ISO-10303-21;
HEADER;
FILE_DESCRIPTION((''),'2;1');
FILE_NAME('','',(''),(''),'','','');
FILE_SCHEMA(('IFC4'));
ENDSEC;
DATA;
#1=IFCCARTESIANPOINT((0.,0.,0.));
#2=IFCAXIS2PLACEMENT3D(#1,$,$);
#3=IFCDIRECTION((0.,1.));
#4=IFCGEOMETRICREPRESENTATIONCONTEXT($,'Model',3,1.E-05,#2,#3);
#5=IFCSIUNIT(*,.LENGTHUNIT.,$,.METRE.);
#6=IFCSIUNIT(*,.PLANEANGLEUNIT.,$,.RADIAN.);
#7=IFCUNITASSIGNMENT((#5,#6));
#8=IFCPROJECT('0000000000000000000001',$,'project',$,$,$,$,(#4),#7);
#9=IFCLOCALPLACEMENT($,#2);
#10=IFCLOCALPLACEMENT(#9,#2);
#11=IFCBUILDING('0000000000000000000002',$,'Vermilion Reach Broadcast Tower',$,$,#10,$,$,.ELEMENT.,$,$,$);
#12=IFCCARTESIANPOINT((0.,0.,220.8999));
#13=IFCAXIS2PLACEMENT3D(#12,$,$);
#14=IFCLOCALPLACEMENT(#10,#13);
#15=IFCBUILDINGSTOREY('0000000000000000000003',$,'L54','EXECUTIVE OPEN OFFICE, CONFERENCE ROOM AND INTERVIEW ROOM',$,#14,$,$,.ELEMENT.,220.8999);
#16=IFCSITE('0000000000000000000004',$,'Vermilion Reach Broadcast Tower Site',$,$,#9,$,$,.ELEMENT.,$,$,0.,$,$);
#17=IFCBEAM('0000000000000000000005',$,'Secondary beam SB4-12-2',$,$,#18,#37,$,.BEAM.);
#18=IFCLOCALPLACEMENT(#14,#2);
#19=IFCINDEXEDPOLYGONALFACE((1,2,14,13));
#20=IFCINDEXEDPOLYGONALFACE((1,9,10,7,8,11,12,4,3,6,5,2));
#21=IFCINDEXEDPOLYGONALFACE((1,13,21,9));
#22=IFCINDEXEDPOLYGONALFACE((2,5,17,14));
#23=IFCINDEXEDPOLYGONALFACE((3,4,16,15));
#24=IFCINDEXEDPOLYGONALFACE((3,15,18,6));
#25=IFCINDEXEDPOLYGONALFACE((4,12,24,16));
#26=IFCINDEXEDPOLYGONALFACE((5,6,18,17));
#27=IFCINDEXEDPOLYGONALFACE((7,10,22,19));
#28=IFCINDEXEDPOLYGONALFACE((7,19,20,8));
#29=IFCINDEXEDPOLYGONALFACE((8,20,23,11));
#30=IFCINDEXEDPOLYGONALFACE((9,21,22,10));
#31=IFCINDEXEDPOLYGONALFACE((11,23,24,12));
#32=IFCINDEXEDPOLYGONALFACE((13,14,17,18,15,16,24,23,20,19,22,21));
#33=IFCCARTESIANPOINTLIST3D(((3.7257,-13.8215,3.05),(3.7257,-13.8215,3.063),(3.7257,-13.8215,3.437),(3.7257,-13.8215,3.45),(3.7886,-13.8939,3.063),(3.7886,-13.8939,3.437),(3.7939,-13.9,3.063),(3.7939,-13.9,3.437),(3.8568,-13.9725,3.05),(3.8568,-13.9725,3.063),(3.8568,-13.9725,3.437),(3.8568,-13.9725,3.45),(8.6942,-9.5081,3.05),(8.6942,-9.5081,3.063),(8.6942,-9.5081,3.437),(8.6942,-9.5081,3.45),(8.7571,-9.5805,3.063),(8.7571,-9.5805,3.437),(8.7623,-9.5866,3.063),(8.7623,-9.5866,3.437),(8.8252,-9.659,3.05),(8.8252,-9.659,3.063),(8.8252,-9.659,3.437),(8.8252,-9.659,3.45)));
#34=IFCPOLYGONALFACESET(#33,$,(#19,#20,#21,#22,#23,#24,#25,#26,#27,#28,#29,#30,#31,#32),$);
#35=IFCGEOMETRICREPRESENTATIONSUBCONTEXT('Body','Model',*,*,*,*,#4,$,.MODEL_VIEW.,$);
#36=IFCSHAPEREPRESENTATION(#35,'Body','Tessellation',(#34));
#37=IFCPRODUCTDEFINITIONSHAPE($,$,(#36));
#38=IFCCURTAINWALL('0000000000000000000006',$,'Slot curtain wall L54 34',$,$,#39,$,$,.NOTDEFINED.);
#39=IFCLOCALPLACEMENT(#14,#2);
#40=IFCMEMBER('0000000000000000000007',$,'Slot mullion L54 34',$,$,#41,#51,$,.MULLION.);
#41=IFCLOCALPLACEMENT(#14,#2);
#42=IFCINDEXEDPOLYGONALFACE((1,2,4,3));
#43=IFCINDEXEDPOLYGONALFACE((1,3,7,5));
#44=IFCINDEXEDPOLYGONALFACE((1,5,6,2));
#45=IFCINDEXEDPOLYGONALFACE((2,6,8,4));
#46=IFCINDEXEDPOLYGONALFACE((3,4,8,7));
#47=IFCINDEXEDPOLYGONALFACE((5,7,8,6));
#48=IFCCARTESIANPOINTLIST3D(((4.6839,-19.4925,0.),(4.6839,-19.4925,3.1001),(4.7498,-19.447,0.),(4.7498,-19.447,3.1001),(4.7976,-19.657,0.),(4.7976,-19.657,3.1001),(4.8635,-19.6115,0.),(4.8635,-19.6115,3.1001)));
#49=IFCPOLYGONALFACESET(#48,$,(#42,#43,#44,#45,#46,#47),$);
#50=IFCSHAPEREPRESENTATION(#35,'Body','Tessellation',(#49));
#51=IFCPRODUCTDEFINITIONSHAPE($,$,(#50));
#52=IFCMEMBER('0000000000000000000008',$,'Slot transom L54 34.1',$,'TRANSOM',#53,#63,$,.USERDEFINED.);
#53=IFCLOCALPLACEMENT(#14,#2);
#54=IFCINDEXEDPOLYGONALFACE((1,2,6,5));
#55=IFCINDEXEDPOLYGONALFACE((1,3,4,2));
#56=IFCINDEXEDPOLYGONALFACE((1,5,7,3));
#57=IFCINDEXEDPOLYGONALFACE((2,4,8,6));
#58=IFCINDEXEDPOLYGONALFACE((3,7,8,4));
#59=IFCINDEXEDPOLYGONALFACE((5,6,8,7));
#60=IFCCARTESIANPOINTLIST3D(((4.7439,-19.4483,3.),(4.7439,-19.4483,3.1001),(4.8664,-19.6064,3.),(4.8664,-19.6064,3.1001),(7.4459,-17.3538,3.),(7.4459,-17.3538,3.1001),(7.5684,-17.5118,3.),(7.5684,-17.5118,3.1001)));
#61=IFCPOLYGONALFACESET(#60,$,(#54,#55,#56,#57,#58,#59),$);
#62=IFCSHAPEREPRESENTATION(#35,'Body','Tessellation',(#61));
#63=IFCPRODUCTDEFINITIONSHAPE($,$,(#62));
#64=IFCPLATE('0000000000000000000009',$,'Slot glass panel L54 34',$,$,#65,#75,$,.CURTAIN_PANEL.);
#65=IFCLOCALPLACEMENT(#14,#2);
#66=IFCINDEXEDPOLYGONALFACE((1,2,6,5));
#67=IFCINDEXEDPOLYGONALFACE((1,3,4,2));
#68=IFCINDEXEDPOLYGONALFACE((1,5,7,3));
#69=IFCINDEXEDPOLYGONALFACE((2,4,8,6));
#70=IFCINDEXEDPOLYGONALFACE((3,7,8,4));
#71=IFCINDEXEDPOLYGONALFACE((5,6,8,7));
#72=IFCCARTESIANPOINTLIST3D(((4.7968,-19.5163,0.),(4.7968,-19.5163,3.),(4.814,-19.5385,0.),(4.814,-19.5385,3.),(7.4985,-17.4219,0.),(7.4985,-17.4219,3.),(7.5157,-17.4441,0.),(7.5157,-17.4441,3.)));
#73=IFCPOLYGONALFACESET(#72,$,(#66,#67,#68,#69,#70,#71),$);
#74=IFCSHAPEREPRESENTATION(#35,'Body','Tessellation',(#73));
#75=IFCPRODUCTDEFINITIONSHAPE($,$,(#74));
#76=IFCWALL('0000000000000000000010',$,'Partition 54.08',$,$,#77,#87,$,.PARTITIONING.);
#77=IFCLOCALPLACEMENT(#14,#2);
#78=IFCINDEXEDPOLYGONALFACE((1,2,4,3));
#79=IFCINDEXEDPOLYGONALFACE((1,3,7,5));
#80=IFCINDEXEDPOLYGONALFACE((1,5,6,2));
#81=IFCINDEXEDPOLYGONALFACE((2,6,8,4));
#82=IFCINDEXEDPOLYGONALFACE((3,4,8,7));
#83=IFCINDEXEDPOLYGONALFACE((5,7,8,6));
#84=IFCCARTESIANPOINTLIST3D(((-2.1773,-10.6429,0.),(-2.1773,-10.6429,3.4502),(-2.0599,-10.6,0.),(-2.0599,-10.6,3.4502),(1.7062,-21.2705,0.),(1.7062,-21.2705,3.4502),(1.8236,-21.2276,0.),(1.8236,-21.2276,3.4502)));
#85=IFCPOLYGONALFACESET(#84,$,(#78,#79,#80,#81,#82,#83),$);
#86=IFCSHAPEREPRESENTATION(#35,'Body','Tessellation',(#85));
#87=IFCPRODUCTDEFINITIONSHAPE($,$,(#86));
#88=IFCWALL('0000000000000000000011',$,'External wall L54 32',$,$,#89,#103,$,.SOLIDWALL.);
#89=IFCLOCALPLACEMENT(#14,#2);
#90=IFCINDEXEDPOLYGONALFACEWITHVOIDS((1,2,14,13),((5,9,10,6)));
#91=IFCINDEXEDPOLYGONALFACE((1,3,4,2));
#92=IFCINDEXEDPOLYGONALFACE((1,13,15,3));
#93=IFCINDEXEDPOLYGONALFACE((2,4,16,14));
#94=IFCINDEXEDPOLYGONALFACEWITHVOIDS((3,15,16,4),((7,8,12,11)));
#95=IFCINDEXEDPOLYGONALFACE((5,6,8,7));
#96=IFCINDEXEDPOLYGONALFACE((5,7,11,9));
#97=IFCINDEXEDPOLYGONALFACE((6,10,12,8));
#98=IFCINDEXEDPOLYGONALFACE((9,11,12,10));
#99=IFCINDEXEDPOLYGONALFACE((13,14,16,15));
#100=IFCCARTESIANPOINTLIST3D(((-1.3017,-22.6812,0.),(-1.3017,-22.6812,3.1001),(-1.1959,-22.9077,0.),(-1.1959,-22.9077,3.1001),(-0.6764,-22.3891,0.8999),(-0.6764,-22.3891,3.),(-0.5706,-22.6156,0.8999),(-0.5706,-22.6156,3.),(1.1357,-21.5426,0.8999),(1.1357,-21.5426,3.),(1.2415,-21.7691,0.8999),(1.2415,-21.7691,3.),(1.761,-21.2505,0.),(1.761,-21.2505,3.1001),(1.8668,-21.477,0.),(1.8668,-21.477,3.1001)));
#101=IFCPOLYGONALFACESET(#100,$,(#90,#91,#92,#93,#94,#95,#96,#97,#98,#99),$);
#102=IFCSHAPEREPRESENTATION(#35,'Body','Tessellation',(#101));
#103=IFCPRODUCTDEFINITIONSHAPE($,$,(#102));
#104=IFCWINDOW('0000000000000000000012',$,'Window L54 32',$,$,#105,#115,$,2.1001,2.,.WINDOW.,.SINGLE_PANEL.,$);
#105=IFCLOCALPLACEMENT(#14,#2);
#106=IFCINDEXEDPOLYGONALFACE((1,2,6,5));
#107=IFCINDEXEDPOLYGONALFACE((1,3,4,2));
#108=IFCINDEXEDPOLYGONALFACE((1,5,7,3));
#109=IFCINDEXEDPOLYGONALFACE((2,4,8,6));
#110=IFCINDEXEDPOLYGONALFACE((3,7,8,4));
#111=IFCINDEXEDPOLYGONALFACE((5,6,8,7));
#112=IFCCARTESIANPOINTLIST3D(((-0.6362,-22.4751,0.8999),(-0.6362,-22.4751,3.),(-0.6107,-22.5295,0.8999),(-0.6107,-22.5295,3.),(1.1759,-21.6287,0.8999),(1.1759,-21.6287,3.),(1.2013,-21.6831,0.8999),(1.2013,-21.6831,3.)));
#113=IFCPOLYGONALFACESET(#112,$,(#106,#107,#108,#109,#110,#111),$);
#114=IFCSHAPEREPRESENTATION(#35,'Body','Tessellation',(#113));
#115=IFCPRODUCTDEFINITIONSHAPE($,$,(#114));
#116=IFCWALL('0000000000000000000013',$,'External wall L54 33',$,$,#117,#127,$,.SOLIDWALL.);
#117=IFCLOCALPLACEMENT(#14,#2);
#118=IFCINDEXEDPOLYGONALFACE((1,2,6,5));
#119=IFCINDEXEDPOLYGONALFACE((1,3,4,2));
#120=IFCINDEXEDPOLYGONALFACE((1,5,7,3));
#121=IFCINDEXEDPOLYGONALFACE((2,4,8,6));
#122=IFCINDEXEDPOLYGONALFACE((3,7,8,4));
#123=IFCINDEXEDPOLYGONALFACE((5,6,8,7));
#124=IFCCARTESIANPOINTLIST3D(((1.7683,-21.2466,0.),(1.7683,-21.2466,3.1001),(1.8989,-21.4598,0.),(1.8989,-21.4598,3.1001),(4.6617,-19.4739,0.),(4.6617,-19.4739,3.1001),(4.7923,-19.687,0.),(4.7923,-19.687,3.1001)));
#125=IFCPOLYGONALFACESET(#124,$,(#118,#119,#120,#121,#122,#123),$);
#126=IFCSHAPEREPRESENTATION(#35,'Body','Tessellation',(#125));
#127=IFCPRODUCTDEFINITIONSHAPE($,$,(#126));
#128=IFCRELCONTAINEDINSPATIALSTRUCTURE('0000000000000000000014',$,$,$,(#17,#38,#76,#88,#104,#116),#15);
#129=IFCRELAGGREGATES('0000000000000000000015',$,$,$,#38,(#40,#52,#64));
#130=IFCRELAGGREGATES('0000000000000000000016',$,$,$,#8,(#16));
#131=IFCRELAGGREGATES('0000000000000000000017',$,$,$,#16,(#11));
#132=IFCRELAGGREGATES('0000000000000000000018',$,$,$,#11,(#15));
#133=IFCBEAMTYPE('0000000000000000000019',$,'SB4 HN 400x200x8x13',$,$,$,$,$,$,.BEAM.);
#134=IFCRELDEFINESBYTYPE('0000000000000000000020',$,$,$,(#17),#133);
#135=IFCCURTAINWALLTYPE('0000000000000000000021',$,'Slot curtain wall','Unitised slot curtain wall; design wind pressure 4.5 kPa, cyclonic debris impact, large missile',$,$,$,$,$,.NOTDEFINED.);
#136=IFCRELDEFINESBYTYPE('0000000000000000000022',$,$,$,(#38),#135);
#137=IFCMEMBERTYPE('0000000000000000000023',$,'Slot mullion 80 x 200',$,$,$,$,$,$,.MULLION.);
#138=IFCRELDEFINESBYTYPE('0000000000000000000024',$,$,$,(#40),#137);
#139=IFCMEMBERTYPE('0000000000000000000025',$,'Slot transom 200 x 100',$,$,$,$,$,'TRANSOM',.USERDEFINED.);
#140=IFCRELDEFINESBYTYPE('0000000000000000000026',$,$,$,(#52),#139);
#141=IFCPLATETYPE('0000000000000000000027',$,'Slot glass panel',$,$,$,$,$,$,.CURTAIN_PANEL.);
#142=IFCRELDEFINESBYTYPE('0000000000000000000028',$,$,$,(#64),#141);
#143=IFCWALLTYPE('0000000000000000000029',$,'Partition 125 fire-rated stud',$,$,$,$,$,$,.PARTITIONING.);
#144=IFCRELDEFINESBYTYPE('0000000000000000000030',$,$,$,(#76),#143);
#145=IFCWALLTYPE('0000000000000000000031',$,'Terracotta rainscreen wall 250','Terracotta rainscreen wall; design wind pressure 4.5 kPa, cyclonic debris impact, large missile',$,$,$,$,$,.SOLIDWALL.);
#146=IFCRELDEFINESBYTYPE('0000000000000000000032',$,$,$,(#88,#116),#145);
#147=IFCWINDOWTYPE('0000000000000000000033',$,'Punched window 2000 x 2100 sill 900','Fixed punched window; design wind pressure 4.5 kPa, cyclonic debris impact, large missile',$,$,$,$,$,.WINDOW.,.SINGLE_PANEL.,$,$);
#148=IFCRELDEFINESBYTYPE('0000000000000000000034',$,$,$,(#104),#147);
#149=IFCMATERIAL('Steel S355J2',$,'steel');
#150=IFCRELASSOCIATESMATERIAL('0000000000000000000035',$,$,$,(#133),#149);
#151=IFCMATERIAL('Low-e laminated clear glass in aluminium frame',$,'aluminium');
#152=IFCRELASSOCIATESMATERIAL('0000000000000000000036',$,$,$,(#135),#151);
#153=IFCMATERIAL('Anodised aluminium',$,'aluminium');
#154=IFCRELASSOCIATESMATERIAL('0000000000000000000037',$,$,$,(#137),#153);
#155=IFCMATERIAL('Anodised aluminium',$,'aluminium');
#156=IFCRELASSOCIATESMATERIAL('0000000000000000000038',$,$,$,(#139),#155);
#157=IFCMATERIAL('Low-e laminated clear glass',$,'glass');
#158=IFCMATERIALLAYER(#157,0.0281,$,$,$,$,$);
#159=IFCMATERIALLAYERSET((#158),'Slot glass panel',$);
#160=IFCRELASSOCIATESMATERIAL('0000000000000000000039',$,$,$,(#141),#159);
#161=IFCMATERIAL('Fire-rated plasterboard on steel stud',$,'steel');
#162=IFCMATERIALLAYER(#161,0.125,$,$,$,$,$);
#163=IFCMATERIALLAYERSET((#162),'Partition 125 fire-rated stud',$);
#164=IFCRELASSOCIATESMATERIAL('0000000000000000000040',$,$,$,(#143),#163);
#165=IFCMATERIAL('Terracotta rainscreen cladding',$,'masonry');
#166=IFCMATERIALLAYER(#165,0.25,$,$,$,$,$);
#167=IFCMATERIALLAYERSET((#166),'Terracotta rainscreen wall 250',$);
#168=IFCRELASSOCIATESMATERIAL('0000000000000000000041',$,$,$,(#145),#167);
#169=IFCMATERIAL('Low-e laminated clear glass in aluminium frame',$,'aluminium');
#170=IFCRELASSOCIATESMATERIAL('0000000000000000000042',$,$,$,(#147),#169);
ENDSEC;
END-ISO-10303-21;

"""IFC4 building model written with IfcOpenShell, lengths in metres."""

from ifc_helpers import new_model, si_unit, direction, frame, frame_2d, origin, origin_2d, place, context, subcontext, project, spatial, rectangle, i_section, extrude, material, layer, layer_set, material_profile, profile_set, type_object, element, fill, aggregate, save


model = new_model("IFC4")

# Units and contexts
model_context = context("Model", 3, precision=1e-05, world=origin(), true_north=direction((0.0, 1.0)))
body_context = subcontext(model_context, "Body", "Model", "MODEL_VIEW")
ifc_project = project(units=[si_unit("LENGTHUNIT", "METRE"), si_unit("PLANEANGLEUNIT", "RADIAN")], contexts=[model_context])

# Site, building, storey
site_placement = place(None, origin())
site = spatial("IfcSite", under=ifc_project, at=site_placement, Name="Vermilion Reach Broadcast Tower Site", CompositionType="ELEMENT", RefElevation=0.0)
building_placement = place(site_placement, origin())
building = spatial("IfcBuilding", under=site, at=building_placement, Name="Vermilion Reach Broadcast Tower", CompositionType="ELEMENT")
storey_placement = place(building_placement, frame((0.0, 0.0, 220.8999)))
storey = spatial("IfcBuildingStorey", under=building, at=storey_placement, Name="L54", Description="EXECUTIVE OPEN OFFICE, CONFERENCE ROOM AND INTERVIEW ROOM", CompositionType="ELEMENT", Elevation=220.8999)

# Beam
ifc_material_1 = material(Name="Steel S355J2", Category="steel")
ifc_material_profile_1 = material_profile(ifc_material_1, i_section(OverallWidth=0.2, OverallDepth=0.3999, WebThickness=0.0081, FlangeThickness=0.0129, at=origin_2d()), Name="S355J2 HN 400x200x8x13")
ifc_profile_set_1 = profile_set([ifc_material_profile_1], Name="Steel S355J2")
beam_type_1 = type_object("IfcBeamType", Name="SB4 HN 400x200x8x13", PredefinedType="BEAM", material=ifc_profile_set_1)
beam_1_placement = place(storey_placement, frame((3.7913, -13.897, 3.25), z_axis=(0.755129, 0.655576, 0.0), x_axis=(-0.655576, 0.755129, 0.0)))
element("IfcBeam", 1, at=beam_1_placement, inside=storey, type_object=beam_type_1, Name="Secondary beam SB4-12-2", PredefinedType="BEAM", context=body_context, shape_type="SweptSolid", body=[
    extrude(i_section(OverallWidth=0.2, OverallDepth=0.3999, WebThickness=0.0081, FlangeThickness=0.0129, at=origin_2d()), origin(), (0.0, 0.0, 1.0), 6.5796),
])

# Curtain wall, members, plate
ifc_material_2 = material(Name="Low-e laminated clear glass in aluminium frame", Category="aluminium")
curtain_wall_type = type_object("IfcCurtainWallType", Name="Slot curtain wall", Description="Unitised slot curtain wall; design wind pressure 4.5 kPa, cyclonic debris impact, large missile", PredefinedType="NOTDEFINED", material=ifc_material_2)
curtain_wall_placement = place(storey_placement, origin())
curtain_wall = element("IfcCurtainWall", 2, at=curtain_wall_placement, inside=storey, type_object=curtain_wall_type, Name="Slot curtain wall L54 34", PredefinedType="NOTDEFINED")
ifc_material_3 = material(Name="Anodised aluminium", Category="aluminium")
ifc_material_profile_2 = material_profile(ifc_material_3, rectangle(XDim=0.2, YDim=0.0801, at=origin_2d()), Name="Slot mullion 80 x 200")
ifc_profile_set_2 = profile_set([ifc_material_profile_2], Name="Anodised aluminium")
member_type_1 = type_object("IfcMemberType", Name="Slot mullion 80 x 200", PredefinedType="MULLION", material=ifc_profile_set_2)
member_1_placement = place(storey_placement, frame((4.7737, -19.552, 0.0), z_axis=(0.0, 0.0, 1.0), x_axis=(-0.568404, 0.82275, 0.0)))
member_1 = element("IfcMember", 3, at=member_1_placement, type_object=member_type_1, Name="Slot mullion L54 34", PredefinedType="MULLION", context=body_context, shape_type="SweptSolid", body=[
    extrude(rectangle(XDim=0.2, YDim=0.0801, at=origin_2d()), origin(), (0.0, 0.0, 1.0), 3.1001),
])
ifc_material_4 = material(Name="Anodised aluminium", Category="aluminium")
ifc_material_profile_3 = material_profile(ifc_material_4, rectangle(XDim=0.2, YDim=0.1001, at=origin_2d()), Name="Slot transom 200 x 100")
ifc_profile_set_3 = profile_set([ifc_material_profile_3], Name="Anodised aluminium")
member_type_2 = type_object("IfcMemberType", Name="Slot transom 200 x 100", ElementType="TRANSOM", PredefinedType="USERDEFINED", material=ifc_profile_set_3)
member_2_placement = place(storey_placement, frame((4.8052, -19.5273, 3.05), z_axis=(0.790343, 0.612664, 0.0), x_axis=(-0.612664, 0.790343, 0.0)))
member_2 = element("IfcMember", 4, at=member_2_placement, type_object=member_type_2, Name="Slot transom L54 34.1", ObjectType="TRANSOM", PredefinedType="USERDEFINED", context=body_context, shape_type="SweptSolid", body=[
    extrude(rectangle(XDim=0.2, YDim=0.1001, at=origin_2d()), origin(), (0.0, 0.0, 1.0), 3.4187),
])
ifc_material_5 = material(Name="Low-e laminated clear glass", Category="glass")
ifc_layer_1 = layer(ifc_material_5, 0.0281)
ifc_layer_set_1 = layer_set([ifc_layer_1], Name="Slot glass panel")
plate_type = type_object("IfcPlateType", Name="Slot glass panel", PredefinedType="CURTAIN_PANEL", material=ifc_layer_set_1)
plate_placement = place(storey_placement, frame((6.1562, -18.4802, 0.0), z_axis=(0.0, 0.0, 1.0), x_axis=(0.790343, 0.612665, 0.0)))
plate = element("IfcPlate", 5, at=plate_placement, type_object=plate_type, Name="Slot glass panel L54 34", PredefinedType="CURTAIN_PANEL", context=body_context, shape_type="SweptSolid", body=[
    extrude(rectangle(XDim=3.4185, YDim=0.0281, at=origin_2d()), origin(), (0.0, 0.0, 1.0), 3.0),
])
aggregate(curtain_wall, [member_1, member_2, plate])

# Wall
ifc_material_6 = material(Name="Fire-rated plasterboard on steel stud", Category="steel")
ifc_layer_2 = layer(ifc_material_6, 0.125)
ifc_layer_set_2 = layer_set([ifc_layer_2], Name="Partition 125 fire-rated stud")
wall_type_1 = type_object("IfcWallType", Name="Partition 125 fire-rated stud", PredefinedType="PARTITIONING", material=ifc_layer_set_2)
wall_1_placement = place(storey_placement, frame((1.7649, -21.249, 0.0), z_axis=(0.0, 0.0, 1.0), x_axis=(-0.34322, 0.939255, 0.0)))
element("IfcWall", 6, at=wall_1_placement, inside=storey, type_object=wall_type_1, Name="Partition 54.08", PredefinedType="PARTITIONING", context=body_context, shape_type="SweptSolid", body=[
    extrude(rectangle(XDim=11.3149, YDim=0.125, at=frame_2d((5.6575, 0.0))), origin(), (0.0, 0.0, 1.0), 3.4502),
])

# Wall, opening, window
ifc_material_7 = material(Name="Terracotta rainscreen cladding", Category="masonry")
ifc_layer_3 = layer(ifc_material_7, 0.25)
ifc_layer_set_3 = layer_set([ifc_layer_3], Name="Terracotta rainscreen wall 250")
wall_type_2 = type_object("IfcWallType", Name="Terracotta rainscreen wall 250", Description="Terracotta rainscreen wall; design wind pressure 4.5 kPa, cyclonic debris impact, large missile", PredefinedType="SOLIDWALL", material=ifc_layer_set_3)
wall_2_placement = place(storey_placement, frame((-1.2488, -22.7944, 0.0), z_axis=(0.0, 0.0, 1.0), x_axis=(0.906026, 0.423222, 0.0)))
wall_2 = element("IfcWall", 7, at=wall_2_placement, inside=storey, type_object=wall_type_2, Name="External wall L54 32", PredefinedType="SOLIDWALL", context=body_context, shape_type="SweptSolid", body=[
    extrude(rectangle(XDim=3.3804, YDim=0.25, at=frame_2d((1.6902, 0.0))), origin(), (0.0, 0.0, 1.0), 3.1001),
])
opening_placement = place(wall_2_placement, frame((0.6902, 0.0, 0.8999)))
opening = element("IfcOpeningElement", 8, at=opening_placement, cuts=wall_2, PredefinedType="OPENING", context=body_context, shape_type="SweptSolid", body=[
    extrude(rectangle(XDim=2.0, YDim=2.1001, at=frame_2d((1.0, 1.05))), frame((0.0, 0.135, 0.0), z_axis=(0.0, -1.0, 0.0), x_axis=(1.0, 0.0, 0.0)), (0.0, 0.0, 1.0), 0.27),
])
ifc_material_8 = material(Name="Low-e laminated clear glass in aluminium frame", Category="aluminium")
window_type = type_object("IfcWindowType", Name="Punched window 2000 x 2100 sill 900", Description="Fixed punched window; design wind pressure 4.5 kPa, cyclonic debris impact, large missile", PartitioningType="SINGLE_PANEL", PredefinedType="WINDOW", material=ifc_material_8)
window_placement = place(opening_placement, origin())
window = element("IfcWindow", 9, at=window_placement, inside=storey, type_object=window_type, Name="Window L54 32", OverallHeight=2.1001, OverallWidth=2.0, PartitioningType="SINGLE_PANEL", PredefinedType="WINDOW", context=body_context, shape_type="SweptSolid", body=[
    extrude(rectangle(XDim=2.0, YDim=2.1001, at=frame_2d((1.0, 1.05))), frame((0.0, 0.03, 0.0), z_axis=(0.0, -1.0, 0.0), x_axis=(1.0, 0.0, 0.0)), (0.0, 0.0, 1.0), 0.0601),
])
fill(opening, window)

# Wall
wall_3_placement = place(storey_placement, frame((1.8335, -21.3533, 0.0), z_axis=(0.0, 0.0, 1.0), x_axis=(0.852682, 0.52243, 0.0)))
element("IfcWall", 10, at=wall_3_placement, inside=storey, type_object=wall_type_2, Name="External wall L54 33", PredefinedType="SOLIDWALL", context=body_context, shape_type="SweptSolid", body=[
    extrude(rectangle(XDim=3.3933, YDim=0.25, at=frame_2d((1.6968, 0.0))), origin(), (0.0, 0.0, 1.0), 3.1001),
])

save(model, "model.ifc")
